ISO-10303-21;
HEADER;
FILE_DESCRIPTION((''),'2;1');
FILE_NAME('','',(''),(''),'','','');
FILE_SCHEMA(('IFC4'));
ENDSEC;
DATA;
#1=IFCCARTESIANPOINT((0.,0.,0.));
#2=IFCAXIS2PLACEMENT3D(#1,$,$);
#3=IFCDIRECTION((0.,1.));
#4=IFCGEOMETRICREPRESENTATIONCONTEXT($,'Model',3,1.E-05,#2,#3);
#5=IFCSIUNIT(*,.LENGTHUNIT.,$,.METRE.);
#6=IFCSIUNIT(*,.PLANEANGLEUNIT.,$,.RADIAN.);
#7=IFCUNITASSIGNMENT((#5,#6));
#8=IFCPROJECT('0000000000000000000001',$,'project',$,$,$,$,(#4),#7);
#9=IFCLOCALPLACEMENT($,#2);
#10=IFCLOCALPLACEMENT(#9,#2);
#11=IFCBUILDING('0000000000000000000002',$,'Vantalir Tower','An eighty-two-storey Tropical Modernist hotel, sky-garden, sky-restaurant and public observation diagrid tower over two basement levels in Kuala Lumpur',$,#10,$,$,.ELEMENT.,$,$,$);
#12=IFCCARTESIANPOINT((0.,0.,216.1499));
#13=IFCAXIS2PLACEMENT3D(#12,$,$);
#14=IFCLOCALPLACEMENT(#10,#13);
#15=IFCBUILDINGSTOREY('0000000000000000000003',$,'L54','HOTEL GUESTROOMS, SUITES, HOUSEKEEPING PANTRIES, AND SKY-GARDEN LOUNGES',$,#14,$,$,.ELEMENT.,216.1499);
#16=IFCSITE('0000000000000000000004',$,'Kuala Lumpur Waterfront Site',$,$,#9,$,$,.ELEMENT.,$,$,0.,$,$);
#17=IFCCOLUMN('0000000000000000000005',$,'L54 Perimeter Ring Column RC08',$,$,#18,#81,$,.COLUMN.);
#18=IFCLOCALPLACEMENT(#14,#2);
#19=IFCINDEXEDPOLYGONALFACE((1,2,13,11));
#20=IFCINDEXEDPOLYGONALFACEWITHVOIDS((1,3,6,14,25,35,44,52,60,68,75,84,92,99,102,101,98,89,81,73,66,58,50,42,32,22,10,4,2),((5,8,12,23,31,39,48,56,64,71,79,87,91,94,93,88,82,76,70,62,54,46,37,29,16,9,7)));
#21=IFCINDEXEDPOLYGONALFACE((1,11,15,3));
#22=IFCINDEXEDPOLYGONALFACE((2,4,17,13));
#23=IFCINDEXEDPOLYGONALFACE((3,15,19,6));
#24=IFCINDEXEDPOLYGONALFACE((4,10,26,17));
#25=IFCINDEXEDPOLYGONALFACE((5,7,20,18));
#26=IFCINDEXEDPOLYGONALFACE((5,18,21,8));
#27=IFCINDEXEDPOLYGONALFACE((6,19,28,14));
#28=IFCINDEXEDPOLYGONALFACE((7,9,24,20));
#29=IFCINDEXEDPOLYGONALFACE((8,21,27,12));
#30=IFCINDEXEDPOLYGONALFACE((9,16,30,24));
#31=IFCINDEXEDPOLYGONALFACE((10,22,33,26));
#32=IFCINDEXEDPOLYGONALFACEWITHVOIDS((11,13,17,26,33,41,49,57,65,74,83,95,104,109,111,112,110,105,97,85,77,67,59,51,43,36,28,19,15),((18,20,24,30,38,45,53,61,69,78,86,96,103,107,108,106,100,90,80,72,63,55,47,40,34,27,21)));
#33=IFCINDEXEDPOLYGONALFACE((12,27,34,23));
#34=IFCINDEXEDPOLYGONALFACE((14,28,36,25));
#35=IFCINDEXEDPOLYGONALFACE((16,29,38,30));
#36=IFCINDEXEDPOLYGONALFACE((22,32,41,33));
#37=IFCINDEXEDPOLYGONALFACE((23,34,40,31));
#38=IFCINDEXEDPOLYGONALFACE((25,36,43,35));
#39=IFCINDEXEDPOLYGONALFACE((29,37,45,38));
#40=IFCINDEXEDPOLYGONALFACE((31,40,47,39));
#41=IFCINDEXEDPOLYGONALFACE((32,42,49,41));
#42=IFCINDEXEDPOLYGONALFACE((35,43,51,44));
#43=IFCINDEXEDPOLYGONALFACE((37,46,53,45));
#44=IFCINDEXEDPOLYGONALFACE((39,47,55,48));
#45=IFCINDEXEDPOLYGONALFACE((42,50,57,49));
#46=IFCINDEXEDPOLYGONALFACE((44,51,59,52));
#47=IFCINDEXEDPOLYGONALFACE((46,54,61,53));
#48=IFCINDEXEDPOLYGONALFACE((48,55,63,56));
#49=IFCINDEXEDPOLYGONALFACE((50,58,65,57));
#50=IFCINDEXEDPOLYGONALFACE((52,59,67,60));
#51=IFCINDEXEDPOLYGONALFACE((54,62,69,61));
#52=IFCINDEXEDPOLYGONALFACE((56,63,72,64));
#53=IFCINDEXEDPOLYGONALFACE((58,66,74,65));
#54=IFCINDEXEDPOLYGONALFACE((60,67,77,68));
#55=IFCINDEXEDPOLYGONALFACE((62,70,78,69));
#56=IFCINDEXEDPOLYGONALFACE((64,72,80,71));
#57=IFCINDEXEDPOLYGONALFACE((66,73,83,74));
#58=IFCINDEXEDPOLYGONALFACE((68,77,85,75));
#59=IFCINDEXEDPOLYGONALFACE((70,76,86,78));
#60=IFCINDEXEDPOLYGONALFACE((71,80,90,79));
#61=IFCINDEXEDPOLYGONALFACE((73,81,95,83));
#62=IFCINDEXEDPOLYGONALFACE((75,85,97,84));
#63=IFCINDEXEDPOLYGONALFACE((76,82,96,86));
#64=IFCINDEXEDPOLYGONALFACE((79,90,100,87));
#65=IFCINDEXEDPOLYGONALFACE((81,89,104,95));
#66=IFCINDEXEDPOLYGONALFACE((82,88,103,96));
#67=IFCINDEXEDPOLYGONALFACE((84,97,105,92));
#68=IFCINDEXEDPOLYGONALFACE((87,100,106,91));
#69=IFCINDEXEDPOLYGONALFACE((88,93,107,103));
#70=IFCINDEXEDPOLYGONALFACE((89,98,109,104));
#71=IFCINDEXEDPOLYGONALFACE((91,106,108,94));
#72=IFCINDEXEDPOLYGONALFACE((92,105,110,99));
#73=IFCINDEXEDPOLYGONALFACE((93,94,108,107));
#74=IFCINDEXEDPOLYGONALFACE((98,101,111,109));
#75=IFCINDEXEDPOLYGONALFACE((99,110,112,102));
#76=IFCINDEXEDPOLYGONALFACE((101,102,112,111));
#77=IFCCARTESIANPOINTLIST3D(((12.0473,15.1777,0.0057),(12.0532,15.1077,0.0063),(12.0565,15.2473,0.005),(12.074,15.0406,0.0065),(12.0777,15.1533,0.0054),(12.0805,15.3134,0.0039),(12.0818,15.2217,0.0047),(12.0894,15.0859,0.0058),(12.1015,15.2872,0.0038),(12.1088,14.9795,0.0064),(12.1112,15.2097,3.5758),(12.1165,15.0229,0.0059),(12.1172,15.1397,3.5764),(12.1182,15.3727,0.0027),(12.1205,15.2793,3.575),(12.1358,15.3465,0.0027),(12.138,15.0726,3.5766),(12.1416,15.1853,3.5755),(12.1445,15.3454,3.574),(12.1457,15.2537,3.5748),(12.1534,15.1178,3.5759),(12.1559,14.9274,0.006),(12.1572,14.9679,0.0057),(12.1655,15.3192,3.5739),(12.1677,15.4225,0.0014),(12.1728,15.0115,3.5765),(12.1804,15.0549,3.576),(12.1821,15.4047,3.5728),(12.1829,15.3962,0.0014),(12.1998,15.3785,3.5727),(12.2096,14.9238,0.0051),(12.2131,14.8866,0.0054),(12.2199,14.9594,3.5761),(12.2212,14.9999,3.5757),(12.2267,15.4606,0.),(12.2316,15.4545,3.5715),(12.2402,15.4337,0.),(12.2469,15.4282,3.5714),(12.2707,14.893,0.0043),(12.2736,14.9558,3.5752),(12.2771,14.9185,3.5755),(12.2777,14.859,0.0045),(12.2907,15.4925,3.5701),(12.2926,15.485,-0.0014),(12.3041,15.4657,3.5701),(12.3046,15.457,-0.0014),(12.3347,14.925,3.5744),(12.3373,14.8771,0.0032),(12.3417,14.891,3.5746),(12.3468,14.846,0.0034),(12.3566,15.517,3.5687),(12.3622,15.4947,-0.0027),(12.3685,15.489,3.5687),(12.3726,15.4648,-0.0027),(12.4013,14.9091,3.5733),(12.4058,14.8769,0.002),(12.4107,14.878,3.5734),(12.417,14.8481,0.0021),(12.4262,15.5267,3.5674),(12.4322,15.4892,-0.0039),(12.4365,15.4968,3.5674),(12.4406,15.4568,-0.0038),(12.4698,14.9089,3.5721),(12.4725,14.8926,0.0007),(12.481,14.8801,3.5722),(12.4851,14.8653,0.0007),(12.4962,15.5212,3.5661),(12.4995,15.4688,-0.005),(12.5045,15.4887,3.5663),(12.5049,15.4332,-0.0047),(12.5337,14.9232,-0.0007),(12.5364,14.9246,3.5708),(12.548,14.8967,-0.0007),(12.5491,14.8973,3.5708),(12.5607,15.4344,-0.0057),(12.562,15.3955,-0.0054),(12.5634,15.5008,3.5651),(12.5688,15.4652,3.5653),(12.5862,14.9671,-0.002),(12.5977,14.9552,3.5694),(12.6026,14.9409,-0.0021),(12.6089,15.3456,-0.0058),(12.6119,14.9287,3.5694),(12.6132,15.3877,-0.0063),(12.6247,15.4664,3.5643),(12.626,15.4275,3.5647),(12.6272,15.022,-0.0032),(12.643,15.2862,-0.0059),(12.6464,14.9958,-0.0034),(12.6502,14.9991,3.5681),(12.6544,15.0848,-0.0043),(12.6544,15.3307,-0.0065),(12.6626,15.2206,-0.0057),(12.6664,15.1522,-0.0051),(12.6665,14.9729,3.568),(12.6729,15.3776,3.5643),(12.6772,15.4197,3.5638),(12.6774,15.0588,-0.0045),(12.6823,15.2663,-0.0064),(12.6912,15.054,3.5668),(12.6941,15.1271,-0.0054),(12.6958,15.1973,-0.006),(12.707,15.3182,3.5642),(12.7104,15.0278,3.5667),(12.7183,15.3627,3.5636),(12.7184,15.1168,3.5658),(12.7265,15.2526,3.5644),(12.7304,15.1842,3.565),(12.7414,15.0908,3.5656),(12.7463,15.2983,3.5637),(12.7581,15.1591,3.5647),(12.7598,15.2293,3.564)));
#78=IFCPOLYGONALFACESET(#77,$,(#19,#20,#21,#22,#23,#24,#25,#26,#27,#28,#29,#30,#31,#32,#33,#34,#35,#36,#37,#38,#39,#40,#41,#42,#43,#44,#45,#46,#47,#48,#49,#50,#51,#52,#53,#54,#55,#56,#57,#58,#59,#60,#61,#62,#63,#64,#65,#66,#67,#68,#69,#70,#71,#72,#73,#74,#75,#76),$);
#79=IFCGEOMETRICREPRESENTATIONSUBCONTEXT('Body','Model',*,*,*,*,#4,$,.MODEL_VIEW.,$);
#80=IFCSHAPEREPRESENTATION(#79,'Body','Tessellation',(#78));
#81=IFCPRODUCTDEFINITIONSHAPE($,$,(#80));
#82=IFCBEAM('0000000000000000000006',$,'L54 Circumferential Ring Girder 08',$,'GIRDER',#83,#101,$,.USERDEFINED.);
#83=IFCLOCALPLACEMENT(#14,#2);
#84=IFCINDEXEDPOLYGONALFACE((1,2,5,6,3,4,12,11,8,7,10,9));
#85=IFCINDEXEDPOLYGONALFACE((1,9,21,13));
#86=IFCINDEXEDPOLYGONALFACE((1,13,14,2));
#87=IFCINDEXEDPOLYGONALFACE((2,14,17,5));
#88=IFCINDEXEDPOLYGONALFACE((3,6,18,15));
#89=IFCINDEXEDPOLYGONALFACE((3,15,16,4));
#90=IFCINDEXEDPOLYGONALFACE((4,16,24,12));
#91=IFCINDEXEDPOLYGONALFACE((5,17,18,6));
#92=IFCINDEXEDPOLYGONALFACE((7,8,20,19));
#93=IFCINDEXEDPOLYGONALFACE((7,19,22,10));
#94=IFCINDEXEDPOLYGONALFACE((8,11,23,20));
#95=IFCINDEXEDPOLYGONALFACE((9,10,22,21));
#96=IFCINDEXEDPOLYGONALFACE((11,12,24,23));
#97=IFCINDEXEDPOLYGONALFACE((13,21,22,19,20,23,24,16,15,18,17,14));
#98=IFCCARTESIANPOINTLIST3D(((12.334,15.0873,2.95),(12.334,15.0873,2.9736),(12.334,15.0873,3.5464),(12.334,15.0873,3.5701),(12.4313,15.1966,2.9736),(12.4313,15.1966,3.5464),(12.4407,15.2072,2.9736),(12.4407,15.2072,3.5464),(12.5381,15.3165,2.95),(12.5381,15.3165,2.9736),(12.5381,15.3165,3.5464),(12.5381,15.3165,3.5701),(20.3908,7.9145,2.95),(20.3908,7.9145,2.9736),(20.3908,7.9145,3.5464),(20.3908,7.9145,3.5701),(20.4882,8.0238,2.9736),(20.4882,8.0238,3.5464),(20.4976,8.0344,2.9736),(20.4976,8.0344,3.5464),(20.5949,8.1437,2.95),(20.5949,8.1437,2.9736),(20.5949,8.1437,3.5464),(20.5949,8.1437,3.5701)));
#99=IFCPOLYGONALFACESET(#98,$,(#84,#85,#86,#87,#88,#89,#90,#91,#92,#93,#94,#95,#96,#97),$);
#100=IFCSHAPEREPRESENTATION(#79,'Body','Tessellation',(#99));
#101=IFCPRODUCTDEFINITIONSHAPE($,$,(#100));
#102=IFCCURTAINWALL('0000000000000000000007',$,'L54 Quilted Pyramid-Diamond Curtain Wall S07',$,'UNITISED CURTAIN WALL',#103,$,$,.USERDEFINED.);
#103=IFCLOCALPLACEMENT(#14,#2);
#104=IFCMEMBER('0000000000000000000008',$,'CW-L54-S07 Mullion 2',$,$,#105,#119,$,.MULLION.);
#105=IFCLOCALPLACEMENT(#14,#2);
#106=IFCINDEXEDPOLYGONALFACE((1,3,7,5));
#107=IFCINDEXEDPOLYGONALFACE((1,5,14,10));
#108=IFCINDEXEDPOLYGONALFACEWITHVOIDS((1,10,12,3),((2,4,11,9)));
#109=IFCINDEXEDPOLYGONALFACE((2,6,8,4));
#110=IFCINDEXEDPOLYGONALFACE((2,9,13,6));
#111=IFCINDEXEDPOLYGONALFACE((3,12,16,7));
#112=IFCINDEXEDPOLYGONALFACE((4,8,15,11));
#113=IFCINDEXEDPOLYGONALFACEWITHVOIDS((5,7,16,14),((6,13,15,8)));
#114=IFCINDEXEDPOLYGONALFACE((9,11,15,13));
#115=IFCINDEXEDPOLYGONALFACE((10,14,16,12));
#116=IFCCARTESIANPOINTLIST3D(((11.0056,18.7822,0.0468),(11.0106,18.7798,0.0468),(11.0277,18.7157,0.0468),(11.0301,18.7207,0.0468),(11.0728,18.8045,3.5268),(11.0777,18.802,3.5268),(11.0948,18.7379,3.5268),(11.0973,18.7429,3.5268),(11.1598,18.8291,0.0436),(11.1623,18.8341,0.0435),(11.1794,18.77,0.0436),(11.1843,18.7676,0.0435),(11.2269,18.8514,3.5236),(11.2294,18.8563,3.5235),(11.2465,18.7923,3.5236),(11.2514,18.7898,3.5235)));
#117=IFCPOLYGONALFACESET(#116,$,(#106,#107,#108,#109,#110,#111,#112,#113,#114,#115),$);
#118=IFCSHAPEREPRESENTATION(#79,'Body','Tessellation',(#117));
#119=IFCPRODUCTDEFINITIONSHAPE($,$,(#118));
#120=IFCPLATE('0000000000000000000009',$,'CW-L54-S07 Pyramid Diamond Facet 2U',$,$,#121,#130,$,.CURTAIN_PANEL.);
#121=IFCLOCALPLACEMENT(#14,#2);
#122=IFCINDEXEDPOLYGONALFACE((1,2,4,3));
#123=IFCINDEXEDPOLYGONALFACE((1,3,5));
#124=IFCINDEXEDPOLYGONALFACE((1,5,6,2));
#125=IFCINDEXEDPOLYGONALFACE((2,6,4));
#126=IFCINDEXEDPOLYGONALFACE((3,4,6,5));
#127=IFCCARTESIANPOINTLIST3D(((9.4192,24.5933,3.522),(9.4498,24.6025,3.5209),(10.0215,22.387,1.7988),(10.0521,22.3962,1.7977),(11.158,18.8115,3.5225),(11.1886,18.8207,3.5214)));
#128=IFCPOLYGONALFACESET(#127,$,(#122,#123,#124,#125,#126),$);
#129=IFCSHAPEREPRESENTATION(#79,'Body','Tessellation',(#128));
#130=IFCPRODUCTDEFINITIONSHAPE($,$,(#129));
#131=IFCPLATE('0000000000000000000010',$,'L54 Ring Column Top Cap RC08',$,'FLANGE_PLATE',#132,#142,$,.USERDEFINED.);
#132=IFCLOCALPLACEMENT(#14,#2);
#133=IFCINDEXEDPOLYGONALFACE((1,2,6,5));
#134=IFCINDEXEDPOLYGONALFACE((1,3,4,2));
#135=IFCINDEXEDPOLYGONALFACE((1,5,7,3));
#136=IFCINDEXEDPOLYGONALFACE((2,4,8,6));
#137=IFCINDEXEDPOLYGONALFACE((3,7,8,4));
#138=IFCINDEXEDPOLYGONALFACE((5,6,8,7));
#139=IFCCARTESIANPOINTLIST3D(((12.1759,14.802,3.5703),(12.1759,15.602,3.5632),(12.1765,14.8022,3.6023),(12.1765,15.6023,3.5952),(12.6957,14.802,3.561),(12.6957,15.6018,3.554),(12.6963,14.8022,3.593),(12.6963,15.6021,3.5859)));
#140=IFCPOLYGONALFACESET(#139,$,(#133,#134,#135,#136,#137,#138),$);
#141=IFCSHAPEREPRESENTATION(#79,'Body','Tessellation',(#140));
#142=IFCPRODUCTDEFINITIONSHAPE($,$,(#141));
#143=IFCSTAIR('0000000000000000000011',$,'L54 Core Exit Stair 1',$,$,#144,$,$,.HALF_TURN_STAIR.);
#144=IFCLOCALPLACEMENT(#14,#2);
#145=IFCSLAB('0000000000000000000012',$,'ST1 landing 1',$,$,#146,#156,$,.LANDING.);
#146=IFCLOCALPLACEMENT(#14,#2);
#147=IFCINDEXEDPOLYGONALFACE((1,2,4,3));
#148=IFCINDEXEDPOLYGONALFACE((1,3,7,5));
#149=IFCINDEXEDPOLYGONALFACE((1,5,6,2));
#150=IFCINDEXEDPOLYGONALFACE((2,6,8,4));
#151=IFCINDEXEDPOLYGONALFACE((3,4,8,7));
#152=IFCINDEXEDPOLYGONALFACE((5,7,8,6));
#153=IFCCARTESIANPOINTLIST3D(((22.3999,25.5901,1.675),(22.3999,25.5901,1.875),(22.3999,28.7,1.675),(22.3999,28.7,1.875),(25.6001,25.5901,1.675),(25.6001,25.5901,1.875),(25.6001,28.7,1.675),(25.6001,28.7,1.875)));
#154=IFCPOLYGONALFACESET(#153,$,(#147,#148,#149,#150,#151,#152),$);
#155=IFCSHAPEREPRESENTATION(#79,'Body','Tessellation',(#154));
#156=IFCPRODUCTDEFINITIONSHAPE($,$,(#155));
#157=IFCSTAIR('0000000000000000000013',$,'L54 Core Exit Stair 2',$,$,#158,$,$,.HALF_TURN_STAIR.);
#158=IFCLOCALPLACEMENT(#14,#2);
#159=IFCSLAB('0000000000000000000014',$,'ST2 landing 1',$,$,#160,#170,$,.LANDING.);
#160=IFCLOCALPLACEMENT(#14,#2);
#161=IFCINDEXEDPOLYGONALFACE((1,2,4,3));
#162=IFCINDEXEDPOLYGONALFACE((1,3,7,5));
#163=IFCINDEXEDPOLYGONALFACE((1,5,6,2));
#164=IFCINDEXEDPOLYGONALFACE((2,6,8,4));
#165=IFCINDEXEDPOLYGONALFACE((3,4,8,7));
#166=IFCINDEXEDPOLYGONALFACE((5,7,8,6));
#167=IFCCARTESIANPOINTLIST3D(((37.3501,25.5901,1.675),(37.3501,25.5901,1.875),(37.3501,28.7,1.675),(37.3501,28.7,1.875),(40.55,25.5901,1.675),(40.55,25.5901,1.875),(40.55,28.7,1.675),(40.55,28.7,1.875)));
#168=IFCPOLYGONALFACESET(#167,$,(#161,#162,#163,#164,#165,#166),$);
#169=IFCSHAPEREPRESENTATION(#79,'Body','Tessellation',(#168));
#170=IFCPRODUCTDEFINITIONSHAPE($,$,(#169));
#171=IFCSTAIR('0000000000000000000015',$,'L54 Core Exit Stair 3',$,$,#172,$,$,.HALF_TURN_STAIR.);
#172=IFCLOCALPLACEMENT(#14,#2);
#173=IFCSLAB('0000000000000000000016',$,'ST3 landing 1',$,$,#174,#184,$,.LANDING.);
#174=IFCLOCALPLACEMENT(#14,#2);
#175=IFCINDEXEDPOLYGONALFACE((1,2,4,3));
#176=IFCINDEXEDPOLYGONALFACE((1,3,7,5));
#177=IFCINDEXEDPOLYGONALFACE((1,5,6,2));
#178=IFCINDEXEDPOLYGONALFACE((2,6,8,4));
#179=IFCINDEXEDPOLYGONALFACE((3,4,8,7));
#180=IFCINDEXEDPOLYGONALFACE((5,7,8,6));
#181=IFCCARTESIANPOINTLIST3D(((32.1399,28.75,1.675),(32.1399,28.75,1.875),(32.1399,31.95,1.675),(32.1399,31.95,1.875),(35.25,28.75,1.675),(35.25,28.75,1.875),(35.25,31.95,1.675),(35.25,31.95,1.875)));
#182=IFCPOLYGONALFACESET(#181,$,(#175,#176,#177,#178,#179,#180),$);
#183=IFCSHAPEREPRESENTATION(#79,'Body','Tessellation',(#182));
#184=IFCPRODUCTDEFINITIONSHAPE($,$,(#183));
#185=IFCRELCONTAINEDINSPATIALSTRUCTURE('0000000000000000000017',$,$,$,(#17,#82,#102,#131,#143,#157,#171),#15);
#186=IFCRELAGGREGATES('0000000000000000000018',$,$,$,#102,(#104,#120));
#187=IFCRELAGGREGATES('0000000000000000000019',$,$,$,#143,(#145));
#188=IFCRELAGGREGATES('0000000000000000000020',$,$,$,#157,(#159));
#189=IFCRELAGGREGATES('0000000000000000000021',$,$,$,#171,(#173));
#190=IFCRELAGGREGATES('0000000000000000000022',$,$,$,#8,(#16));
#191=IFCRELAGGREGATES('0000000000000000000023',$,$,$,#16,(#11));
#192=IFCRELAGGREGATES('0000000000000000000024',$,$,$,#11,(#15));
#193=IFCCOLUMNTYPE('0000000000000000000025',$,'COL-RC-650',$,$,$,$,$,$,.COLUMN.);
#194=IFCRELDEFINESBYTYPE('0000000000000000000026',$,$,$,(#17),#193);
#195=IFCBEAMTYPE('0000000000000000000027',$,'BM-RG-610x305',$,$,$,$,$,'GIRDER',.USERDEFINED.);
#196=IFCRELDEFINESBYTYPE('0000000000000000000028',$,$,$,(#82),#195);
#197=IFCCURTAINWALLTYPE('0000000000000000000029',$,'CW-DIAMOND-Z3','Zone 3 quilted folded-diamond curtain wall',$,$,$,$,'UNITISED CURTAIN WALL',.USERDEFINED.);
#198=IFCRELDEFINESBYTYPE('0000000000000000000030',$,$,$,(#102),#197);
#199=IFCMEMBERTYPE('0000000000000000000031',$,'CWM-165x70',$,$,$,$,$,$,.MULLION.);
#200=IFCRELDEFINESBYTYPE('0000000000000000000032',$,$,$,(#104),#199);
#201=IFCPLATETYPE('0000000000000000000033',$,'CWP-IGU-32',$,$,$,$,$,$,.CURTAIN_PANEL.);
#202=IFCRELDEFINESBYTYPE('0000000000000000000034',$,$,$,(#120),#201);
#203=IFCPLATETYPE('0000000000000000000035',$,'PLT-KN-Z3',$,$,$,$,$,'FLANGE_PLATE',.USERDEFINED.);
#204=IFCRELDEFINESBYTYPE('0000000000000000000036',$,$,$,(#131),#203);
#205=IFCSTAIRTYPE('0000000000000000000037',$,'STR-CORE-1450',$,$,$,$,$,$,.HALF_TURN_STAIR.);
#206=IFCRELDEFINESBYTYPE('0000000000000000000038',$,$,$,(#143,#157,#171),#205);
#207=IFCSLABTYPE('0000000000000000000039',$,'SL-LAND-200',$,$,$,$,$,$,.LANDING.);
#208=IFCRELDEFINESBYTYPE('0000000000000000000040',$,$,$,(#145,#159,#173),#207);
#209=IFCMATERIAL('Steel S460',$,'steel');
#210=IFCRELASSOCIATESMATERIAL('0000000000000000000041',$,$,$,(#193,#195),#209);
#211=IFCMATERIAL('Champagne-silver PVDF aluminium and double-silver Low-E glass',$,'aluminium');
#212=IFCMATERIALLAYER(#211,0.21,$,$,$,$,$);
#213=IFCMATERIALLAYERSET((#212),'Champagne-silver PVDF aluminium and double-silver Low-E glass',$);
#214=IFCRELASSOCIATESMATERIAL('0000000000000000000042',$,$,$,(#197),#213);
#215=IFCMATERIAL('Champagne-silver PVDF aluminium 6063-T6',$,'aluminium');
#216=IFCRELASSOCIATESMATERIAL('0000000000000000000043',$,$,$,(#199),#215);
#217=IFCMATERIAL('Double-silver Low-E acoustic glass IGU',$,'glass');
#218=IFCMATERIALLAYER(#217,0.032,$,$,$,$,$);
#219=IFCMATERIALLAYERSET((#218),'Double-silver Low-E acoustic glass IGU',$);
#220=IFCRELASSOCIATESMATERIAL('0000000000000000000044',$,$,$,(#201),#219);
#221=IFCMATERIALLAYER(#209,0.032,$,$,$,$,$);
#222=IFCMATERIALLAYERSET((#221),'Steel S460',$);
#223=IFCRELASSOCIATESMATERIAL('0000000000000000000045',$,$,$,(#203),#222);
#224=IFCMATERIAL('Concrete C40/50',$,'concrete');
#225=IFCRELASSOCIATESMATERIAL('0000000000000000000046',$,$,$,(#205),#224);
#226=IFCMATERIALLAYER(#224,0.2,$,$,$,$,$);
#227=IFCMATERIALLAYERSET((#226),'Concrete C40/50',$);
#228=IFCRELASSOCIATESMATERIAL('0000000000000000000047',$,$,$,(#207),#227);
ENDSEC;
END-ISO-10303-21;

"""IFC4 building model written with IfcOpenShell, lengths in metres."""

from ifc_helpers import new_model, si_unit, direction, frame, origin, origin_2d, place, context, subcontext, project, spatial, polyline, hollow_rectangle, hollow_circle, i_section, outline, extrude, material, layer, layer_set, material_profile, profile_set, type_object, element, aggregate, save


model = new_model("IFC4")

# Units and contexts
model_context = context("Model", 3, precision=1e-05, world=origin(), true_north=direction((0.0, 1.0)))
body_context = subcontext(model_context, "Body", "Model", "MODEL_VIEW")
ifc_project = project(units=[si_unit("LENGTHUNIT", "METRE"), si_unit("PLANEANGLEUNIT", "RADIAN")], contexts=[model_context])

# Site, building, storey
site_placement = place(None, origin())
site = spatial("IfcSite", under=ifc_project, at=site_placement, Name="Kuala Lumpur Waterfront Site", CompositionType="ELEMENT", RefElevation=0.0)
building_placement = place(site_placement, origin())
building = spatial("IfcBuilding", under=site, at=building_placement, Name="Vantalir Tower", Description="An eighty-two-storey Tropical Modernist hotel, sky-garden, sky-restaurant and public observation diagrid tower over two basement levels in Kuala Lumpur", CompositionType="ELEMENT")
storey_placement = place(building_placement, frame((0.0, 0.0, 216.1499)))
storey = spatial("IfcBuildingStorey", under=building, at=storey_placement, Name="L54", Description="HOTEL GUESTROOMS, SUITES, HOUSEKEEPING PANTRIES, AND SKY-GARDEN LOUNGES", CompositionType="ELEMENT", Elevation=216.1499)

# Column
ifc_material_1 = material(Name="Steel S460", Category="steel")
ifc_material_profile_1 = material_profile(ifc_material_1, hollow_circle(Radius=0.325, WallThickness=0.03, at=origin_2d()), Name="Steel S460")
ifc_profile_set_1 = profile_set([ifc_material_profile_1], Name="Steel S460")
column_type = type_object("IfcColumnType", Name="COL-RC-650", PredefinedType="COLUMN", material=ifc_profile_set_1)
column_placement = place(storey_placement, frame((12.3721, 15.1699, 0.0), z_axis=(0.017913, 0.008957, 0.999799), x_axis=(-0.447214, 0.894427, 0.0)))
element("IfcColumn", 1, at=column_placement, inside=storey, type_object=column_type, Name="L54 Perimeter Ring Column RC08", PredefinedType="COLUMN", context=body_context, shape_type="SweptSolid", body=[
    extrude(hollow_circle(Radius=0.325, WallThickness=0.03, at=origin_2d()), origin(), (0.0, 0.0, 1.0), 3.5708),
])

# Beam
ifc_material_profile_2 = material_profile(ifc_material_1, i_section(OverallWidth=0.3069, OverallDepth=0.6201, WebThickness=0.0142, FlangeThickness=0.0237, at=origin_2d()), Name="Steel S460")
ifc_profile_set_2 = profile_set([ifc_material_profile_2], Name="Steel S460")
beam_type = type_object("IfcBeamType", Name="BM-RG-610x305", ElementType="GIRDER", PredefinedType="USERDEFINED", material=ifc_profile_set_2)
beam_placement = place(storey_placement, frame((12.436, 15.2019, 3.26), z_axis=(0.746895, -0.664942, 0.0), x_axis=(0.664942, 0.746895, 0.0)))
element("IfcBeam", 2, at=beam_placement, inside=storey, type_object=beam_type, Name="L54 Circumferential Ring Girder 08", ObjectType="GIRDER", PredefinedType="USERDEFINED", context=body_context, shape_type="SweptSolid", body=[
    extrude(i_section(OverallWidth=0.3069, OverallDepth=0.6201, WebThickness=0.0142, FlangeThickness=0.0237, at=origin_2d()), origin(), (0.0, 0.0, 1.0), 10.7871),
])

# Curtain wall, member, plate
ifc_material_2 = material(Name="Champagne-silver PVDF aluminium and double-silver Low-E glass", Category="aluminium")
ifc_layer_1 = layer(ifc_material_2, 0.21)
ifc_layer_set_1 = layer_set([ifc_layer_1], Name="Champagne-silver PVDF aluminium and double-silver Low-E glass")
curtain_wall_type = type_object("IfcCurtainWallType", Name="CW-DIAMOND-Z3", Description="Zone 3 quilted folded-diamond curtain wall", ElementType="UNITISED CURTAIN WALL", PredefinedType="USERDEFINED", material=ifc_layer_set_1)
curtain_wall_placement = place(storey_placement, origin())
curtain_wall = element("IfcCurtainWall", 3, at=curtain_wall_placement, inside=storey, type_object=curtain_wall_type, Name="L54 Quilted Pyramid-Diamond Curtain Wall S07", ObjectType="UNITISED CURTAIN WALL", PredefinedType="USERDEFINED")
ifc_material_3 = material(Name="Champagne-silver PVDF aluminium 6063-T6", Category="aluminium")
ifc_material_profile_3 = material_profile(ifc_material_3, hollow_rectangle(XDim=0.0701, YDim=0.165, WallThickness=0.0039, at=origin_2d()), Name="Champagne-silver PVDF aluminium 6063-T6")
ifc_profile_set_3 = profile_set([ifc_material_profile_3], Name="Champagne-silver PVDF aluminium 6063-T6")
member_type = type_object("IfcMemberType", Name="CWM-165x70", PredefinedType="MULLION", material=ifc_profile_set_3)
member_placement = place(storey_placement, frame((11.095, 18.7749, 0.0452), z_axis=(0.019289, 0.006383, 0.999794), x_axis=(-0.314156, 0.949371, 0.0)))
member = element("IfcMember", 4, at=member_placement, type_object=member_type, Name="CW-L54-S07 Mullion 2", PredefinedType="MULLION", context=body_context, shape_type="SweptSolid", body=[
    extrude(hollow_rectangle(XDim=0.0701, YDim=0.165, WallThickness=0.0039, at=origin_2d()), origin(), (0.0, 0.0, 1.0), 3.4807),
])
ifc_material_4 = material(Name="Double-silver Low-E acoustic glass IGU", Category="glass")
ifc_layer_2 = layer(ifc_material_4, 0.032)
ifc_layer_set_2 = layer_set([ifc_layer_2], Name="Double-silver Low-E acoustic glass IGU")
plate_type_1 = type_object("IfcPlateType", Name="CWP-IGU-32", PredefinedType="CURTAIN_PANEL", material=ifc_layer_set_2)
plate_1_placement = place(storey_placement, frame((11.158, 18.8115, 3.5225), z_axis=(-0.95708, -0.287824, 0.033997), x_axis=(-0.287993, 0.957632, -0.000081)))
plate_1 = element("IfcPlate", 5, at=plate_1_placement, type_object=plate_type_1, Name="CW-L54-S07 Pyramid Diamond Facet 2U", PredefinedType="CURTAIN_PANEL", context=body_context, shape_type="SweptSolid", body=[
    extrude(outline(polyline([(0.0, 0.0), (6.0375, 0.0), (3.7514, 1.7243), (0.0, 0.0)])), origin(), (0.0, 0.0, -1.0), 0.032),
])
aggregate(curtain_wall, [member, plate_1])

# Plate
ifc_layer_3 = layer(ifc_material_1, 0.032)
ifc_layer_set_3 = layer_set([ifc_layer_3], Name="Steel S460")
plate_type_2 = type_object("IfcPlateType", Name="PLT-KN-Z3", ElementType="FLANGE_PLATE", PredefinedType="USERDEFINED", material=ifc_layer_set_3)
plate_2_placement = place(storey_placement, frame((12.1765, 15.6023, 3.5952), z_axis=(0.017847, 0.008849, 0.999802), x_axis=(0.0, -0.999961, 0.008851)))
element("IfcPlate", 6, at=plate_2_placement, inside=storey, type_object=plate_type_2, Name="L54 Ring Column Top Cap RC08", ObjectType="FLANGE_PLATE", PredefinedType="USERDEFINED", context=body_context, shape_type="SweptSolid", body=[
    extrude(outline(polyline([(0.0, 0.0), (0.8001, 0.0), (0.8, 0.5199), (0.0002, 0.5199), (0.0, 0.0)])), origin(), (0.0, 0.0, -1.0), 0.032),
])

# Stairs, slabs
ifc_material_5 = material(Name="Concrete C40/50", Category="concrete")
stair_type = type_object("IfcStairType", Name="STR-CORE-1450", PredefinedType="HALF_TURN_STAIR", material=ifc_material_5)
stair_1_placement = place(storey_placement, origin())
stair_1 = element("IfcStair", 7, at=stair_1_placement, inside=storey, type_object=stair_type, Name="L54 Core Exit Stair 1", PredefinedType="HALF_TURN_STAIR")
ifc_layer_4 = layer(ifc_material_5, 0.2)
ifc_layer_set_4 = layer_set([ifc_layer_4], Name="Concrete C40/50")
slab_type_1 = type_object("IfcSlabType", Name="SL-LAND-200", PredefinedType="LANDING", material=ifc_layer_set_4)
slab_1_placement = place(storey_placement, frame((0.0, 0.0, 1.675)))
slab_1 = element("IfcSlab", 8, at=slab_1_placement, type_object=slab_type_1, Name="ST1 landing 1", PredefinedType="LANDING", context=body_context, shape_type="SweptSolid", body=[
    extrude(outline(polyline([(25.6001, 25.5901), (25.6001, 28.7), (22.3999, 28.7), (22.3999, 25.5901), (25.6001, 25.5901)])), origin(), (0.0, 0.0, 1.0), 0.2),
])
aggregate(stair_1, [slab_1])
stair_2_placement = place(storey_placement, origin())
stair_2 = element("IfcStair", 9, at=stair_2_placement, inside=storey, type_object=stair_type, Name="L54 Core Exit Stair 2", PredefinedType="HALF_TURN_STAIR")
slab_2_placement = place(storey_placement, frame((0.0, 0.0, 1.675)))
slab_2 = element("IfcSlab", 10, at=slab_2_placement, type_object=slab_type_1, Name="ST2 landing 1", PredefinedType="LANDING", context=body_context, shape_type="SweptSolid", body=[
    extrude(outline(polyline([(40.55, 25.5901), (40.55, 28.7), (37.3501, 28.7), (37.3501, 25.5901), (40.55, 25.5901)])), origin(), (0.0, 0.0, 1.0), 0.2),
])
aggregate(stair_2, [slab_2])
stair_3_placement = place(storey_placement, origin())
stair_3 = element("IfcStair", 11, at=stair_3_placement, inside=storey, type_object=stair_type, Name="L54 Core Exit Stair 3", PredefinedType="HALF_TURN_STAIR")
slab_3_placement = place(storey_placement, frame((0.0, 0.0, 1.675)))
slab_3 = element("IfcSlab", 12, at=slab_3_placement, type_object=slab_type_1, Name="ST3 landing 1", PredefinedType="LANDING", context=body_context, shape_type="SweptSolid", body=[
    extrude(outline(polyline([(32.1399, 28.75), (35.25, 28.75), (35.25, 31.95), (32.1399, 31.95), (32.1399, 28.75)])), origin(), (0.0, 0.0, 1.0), 0.2),
])
aggregate(stair_3, [slab_3])

save(model, "model.ifc")
